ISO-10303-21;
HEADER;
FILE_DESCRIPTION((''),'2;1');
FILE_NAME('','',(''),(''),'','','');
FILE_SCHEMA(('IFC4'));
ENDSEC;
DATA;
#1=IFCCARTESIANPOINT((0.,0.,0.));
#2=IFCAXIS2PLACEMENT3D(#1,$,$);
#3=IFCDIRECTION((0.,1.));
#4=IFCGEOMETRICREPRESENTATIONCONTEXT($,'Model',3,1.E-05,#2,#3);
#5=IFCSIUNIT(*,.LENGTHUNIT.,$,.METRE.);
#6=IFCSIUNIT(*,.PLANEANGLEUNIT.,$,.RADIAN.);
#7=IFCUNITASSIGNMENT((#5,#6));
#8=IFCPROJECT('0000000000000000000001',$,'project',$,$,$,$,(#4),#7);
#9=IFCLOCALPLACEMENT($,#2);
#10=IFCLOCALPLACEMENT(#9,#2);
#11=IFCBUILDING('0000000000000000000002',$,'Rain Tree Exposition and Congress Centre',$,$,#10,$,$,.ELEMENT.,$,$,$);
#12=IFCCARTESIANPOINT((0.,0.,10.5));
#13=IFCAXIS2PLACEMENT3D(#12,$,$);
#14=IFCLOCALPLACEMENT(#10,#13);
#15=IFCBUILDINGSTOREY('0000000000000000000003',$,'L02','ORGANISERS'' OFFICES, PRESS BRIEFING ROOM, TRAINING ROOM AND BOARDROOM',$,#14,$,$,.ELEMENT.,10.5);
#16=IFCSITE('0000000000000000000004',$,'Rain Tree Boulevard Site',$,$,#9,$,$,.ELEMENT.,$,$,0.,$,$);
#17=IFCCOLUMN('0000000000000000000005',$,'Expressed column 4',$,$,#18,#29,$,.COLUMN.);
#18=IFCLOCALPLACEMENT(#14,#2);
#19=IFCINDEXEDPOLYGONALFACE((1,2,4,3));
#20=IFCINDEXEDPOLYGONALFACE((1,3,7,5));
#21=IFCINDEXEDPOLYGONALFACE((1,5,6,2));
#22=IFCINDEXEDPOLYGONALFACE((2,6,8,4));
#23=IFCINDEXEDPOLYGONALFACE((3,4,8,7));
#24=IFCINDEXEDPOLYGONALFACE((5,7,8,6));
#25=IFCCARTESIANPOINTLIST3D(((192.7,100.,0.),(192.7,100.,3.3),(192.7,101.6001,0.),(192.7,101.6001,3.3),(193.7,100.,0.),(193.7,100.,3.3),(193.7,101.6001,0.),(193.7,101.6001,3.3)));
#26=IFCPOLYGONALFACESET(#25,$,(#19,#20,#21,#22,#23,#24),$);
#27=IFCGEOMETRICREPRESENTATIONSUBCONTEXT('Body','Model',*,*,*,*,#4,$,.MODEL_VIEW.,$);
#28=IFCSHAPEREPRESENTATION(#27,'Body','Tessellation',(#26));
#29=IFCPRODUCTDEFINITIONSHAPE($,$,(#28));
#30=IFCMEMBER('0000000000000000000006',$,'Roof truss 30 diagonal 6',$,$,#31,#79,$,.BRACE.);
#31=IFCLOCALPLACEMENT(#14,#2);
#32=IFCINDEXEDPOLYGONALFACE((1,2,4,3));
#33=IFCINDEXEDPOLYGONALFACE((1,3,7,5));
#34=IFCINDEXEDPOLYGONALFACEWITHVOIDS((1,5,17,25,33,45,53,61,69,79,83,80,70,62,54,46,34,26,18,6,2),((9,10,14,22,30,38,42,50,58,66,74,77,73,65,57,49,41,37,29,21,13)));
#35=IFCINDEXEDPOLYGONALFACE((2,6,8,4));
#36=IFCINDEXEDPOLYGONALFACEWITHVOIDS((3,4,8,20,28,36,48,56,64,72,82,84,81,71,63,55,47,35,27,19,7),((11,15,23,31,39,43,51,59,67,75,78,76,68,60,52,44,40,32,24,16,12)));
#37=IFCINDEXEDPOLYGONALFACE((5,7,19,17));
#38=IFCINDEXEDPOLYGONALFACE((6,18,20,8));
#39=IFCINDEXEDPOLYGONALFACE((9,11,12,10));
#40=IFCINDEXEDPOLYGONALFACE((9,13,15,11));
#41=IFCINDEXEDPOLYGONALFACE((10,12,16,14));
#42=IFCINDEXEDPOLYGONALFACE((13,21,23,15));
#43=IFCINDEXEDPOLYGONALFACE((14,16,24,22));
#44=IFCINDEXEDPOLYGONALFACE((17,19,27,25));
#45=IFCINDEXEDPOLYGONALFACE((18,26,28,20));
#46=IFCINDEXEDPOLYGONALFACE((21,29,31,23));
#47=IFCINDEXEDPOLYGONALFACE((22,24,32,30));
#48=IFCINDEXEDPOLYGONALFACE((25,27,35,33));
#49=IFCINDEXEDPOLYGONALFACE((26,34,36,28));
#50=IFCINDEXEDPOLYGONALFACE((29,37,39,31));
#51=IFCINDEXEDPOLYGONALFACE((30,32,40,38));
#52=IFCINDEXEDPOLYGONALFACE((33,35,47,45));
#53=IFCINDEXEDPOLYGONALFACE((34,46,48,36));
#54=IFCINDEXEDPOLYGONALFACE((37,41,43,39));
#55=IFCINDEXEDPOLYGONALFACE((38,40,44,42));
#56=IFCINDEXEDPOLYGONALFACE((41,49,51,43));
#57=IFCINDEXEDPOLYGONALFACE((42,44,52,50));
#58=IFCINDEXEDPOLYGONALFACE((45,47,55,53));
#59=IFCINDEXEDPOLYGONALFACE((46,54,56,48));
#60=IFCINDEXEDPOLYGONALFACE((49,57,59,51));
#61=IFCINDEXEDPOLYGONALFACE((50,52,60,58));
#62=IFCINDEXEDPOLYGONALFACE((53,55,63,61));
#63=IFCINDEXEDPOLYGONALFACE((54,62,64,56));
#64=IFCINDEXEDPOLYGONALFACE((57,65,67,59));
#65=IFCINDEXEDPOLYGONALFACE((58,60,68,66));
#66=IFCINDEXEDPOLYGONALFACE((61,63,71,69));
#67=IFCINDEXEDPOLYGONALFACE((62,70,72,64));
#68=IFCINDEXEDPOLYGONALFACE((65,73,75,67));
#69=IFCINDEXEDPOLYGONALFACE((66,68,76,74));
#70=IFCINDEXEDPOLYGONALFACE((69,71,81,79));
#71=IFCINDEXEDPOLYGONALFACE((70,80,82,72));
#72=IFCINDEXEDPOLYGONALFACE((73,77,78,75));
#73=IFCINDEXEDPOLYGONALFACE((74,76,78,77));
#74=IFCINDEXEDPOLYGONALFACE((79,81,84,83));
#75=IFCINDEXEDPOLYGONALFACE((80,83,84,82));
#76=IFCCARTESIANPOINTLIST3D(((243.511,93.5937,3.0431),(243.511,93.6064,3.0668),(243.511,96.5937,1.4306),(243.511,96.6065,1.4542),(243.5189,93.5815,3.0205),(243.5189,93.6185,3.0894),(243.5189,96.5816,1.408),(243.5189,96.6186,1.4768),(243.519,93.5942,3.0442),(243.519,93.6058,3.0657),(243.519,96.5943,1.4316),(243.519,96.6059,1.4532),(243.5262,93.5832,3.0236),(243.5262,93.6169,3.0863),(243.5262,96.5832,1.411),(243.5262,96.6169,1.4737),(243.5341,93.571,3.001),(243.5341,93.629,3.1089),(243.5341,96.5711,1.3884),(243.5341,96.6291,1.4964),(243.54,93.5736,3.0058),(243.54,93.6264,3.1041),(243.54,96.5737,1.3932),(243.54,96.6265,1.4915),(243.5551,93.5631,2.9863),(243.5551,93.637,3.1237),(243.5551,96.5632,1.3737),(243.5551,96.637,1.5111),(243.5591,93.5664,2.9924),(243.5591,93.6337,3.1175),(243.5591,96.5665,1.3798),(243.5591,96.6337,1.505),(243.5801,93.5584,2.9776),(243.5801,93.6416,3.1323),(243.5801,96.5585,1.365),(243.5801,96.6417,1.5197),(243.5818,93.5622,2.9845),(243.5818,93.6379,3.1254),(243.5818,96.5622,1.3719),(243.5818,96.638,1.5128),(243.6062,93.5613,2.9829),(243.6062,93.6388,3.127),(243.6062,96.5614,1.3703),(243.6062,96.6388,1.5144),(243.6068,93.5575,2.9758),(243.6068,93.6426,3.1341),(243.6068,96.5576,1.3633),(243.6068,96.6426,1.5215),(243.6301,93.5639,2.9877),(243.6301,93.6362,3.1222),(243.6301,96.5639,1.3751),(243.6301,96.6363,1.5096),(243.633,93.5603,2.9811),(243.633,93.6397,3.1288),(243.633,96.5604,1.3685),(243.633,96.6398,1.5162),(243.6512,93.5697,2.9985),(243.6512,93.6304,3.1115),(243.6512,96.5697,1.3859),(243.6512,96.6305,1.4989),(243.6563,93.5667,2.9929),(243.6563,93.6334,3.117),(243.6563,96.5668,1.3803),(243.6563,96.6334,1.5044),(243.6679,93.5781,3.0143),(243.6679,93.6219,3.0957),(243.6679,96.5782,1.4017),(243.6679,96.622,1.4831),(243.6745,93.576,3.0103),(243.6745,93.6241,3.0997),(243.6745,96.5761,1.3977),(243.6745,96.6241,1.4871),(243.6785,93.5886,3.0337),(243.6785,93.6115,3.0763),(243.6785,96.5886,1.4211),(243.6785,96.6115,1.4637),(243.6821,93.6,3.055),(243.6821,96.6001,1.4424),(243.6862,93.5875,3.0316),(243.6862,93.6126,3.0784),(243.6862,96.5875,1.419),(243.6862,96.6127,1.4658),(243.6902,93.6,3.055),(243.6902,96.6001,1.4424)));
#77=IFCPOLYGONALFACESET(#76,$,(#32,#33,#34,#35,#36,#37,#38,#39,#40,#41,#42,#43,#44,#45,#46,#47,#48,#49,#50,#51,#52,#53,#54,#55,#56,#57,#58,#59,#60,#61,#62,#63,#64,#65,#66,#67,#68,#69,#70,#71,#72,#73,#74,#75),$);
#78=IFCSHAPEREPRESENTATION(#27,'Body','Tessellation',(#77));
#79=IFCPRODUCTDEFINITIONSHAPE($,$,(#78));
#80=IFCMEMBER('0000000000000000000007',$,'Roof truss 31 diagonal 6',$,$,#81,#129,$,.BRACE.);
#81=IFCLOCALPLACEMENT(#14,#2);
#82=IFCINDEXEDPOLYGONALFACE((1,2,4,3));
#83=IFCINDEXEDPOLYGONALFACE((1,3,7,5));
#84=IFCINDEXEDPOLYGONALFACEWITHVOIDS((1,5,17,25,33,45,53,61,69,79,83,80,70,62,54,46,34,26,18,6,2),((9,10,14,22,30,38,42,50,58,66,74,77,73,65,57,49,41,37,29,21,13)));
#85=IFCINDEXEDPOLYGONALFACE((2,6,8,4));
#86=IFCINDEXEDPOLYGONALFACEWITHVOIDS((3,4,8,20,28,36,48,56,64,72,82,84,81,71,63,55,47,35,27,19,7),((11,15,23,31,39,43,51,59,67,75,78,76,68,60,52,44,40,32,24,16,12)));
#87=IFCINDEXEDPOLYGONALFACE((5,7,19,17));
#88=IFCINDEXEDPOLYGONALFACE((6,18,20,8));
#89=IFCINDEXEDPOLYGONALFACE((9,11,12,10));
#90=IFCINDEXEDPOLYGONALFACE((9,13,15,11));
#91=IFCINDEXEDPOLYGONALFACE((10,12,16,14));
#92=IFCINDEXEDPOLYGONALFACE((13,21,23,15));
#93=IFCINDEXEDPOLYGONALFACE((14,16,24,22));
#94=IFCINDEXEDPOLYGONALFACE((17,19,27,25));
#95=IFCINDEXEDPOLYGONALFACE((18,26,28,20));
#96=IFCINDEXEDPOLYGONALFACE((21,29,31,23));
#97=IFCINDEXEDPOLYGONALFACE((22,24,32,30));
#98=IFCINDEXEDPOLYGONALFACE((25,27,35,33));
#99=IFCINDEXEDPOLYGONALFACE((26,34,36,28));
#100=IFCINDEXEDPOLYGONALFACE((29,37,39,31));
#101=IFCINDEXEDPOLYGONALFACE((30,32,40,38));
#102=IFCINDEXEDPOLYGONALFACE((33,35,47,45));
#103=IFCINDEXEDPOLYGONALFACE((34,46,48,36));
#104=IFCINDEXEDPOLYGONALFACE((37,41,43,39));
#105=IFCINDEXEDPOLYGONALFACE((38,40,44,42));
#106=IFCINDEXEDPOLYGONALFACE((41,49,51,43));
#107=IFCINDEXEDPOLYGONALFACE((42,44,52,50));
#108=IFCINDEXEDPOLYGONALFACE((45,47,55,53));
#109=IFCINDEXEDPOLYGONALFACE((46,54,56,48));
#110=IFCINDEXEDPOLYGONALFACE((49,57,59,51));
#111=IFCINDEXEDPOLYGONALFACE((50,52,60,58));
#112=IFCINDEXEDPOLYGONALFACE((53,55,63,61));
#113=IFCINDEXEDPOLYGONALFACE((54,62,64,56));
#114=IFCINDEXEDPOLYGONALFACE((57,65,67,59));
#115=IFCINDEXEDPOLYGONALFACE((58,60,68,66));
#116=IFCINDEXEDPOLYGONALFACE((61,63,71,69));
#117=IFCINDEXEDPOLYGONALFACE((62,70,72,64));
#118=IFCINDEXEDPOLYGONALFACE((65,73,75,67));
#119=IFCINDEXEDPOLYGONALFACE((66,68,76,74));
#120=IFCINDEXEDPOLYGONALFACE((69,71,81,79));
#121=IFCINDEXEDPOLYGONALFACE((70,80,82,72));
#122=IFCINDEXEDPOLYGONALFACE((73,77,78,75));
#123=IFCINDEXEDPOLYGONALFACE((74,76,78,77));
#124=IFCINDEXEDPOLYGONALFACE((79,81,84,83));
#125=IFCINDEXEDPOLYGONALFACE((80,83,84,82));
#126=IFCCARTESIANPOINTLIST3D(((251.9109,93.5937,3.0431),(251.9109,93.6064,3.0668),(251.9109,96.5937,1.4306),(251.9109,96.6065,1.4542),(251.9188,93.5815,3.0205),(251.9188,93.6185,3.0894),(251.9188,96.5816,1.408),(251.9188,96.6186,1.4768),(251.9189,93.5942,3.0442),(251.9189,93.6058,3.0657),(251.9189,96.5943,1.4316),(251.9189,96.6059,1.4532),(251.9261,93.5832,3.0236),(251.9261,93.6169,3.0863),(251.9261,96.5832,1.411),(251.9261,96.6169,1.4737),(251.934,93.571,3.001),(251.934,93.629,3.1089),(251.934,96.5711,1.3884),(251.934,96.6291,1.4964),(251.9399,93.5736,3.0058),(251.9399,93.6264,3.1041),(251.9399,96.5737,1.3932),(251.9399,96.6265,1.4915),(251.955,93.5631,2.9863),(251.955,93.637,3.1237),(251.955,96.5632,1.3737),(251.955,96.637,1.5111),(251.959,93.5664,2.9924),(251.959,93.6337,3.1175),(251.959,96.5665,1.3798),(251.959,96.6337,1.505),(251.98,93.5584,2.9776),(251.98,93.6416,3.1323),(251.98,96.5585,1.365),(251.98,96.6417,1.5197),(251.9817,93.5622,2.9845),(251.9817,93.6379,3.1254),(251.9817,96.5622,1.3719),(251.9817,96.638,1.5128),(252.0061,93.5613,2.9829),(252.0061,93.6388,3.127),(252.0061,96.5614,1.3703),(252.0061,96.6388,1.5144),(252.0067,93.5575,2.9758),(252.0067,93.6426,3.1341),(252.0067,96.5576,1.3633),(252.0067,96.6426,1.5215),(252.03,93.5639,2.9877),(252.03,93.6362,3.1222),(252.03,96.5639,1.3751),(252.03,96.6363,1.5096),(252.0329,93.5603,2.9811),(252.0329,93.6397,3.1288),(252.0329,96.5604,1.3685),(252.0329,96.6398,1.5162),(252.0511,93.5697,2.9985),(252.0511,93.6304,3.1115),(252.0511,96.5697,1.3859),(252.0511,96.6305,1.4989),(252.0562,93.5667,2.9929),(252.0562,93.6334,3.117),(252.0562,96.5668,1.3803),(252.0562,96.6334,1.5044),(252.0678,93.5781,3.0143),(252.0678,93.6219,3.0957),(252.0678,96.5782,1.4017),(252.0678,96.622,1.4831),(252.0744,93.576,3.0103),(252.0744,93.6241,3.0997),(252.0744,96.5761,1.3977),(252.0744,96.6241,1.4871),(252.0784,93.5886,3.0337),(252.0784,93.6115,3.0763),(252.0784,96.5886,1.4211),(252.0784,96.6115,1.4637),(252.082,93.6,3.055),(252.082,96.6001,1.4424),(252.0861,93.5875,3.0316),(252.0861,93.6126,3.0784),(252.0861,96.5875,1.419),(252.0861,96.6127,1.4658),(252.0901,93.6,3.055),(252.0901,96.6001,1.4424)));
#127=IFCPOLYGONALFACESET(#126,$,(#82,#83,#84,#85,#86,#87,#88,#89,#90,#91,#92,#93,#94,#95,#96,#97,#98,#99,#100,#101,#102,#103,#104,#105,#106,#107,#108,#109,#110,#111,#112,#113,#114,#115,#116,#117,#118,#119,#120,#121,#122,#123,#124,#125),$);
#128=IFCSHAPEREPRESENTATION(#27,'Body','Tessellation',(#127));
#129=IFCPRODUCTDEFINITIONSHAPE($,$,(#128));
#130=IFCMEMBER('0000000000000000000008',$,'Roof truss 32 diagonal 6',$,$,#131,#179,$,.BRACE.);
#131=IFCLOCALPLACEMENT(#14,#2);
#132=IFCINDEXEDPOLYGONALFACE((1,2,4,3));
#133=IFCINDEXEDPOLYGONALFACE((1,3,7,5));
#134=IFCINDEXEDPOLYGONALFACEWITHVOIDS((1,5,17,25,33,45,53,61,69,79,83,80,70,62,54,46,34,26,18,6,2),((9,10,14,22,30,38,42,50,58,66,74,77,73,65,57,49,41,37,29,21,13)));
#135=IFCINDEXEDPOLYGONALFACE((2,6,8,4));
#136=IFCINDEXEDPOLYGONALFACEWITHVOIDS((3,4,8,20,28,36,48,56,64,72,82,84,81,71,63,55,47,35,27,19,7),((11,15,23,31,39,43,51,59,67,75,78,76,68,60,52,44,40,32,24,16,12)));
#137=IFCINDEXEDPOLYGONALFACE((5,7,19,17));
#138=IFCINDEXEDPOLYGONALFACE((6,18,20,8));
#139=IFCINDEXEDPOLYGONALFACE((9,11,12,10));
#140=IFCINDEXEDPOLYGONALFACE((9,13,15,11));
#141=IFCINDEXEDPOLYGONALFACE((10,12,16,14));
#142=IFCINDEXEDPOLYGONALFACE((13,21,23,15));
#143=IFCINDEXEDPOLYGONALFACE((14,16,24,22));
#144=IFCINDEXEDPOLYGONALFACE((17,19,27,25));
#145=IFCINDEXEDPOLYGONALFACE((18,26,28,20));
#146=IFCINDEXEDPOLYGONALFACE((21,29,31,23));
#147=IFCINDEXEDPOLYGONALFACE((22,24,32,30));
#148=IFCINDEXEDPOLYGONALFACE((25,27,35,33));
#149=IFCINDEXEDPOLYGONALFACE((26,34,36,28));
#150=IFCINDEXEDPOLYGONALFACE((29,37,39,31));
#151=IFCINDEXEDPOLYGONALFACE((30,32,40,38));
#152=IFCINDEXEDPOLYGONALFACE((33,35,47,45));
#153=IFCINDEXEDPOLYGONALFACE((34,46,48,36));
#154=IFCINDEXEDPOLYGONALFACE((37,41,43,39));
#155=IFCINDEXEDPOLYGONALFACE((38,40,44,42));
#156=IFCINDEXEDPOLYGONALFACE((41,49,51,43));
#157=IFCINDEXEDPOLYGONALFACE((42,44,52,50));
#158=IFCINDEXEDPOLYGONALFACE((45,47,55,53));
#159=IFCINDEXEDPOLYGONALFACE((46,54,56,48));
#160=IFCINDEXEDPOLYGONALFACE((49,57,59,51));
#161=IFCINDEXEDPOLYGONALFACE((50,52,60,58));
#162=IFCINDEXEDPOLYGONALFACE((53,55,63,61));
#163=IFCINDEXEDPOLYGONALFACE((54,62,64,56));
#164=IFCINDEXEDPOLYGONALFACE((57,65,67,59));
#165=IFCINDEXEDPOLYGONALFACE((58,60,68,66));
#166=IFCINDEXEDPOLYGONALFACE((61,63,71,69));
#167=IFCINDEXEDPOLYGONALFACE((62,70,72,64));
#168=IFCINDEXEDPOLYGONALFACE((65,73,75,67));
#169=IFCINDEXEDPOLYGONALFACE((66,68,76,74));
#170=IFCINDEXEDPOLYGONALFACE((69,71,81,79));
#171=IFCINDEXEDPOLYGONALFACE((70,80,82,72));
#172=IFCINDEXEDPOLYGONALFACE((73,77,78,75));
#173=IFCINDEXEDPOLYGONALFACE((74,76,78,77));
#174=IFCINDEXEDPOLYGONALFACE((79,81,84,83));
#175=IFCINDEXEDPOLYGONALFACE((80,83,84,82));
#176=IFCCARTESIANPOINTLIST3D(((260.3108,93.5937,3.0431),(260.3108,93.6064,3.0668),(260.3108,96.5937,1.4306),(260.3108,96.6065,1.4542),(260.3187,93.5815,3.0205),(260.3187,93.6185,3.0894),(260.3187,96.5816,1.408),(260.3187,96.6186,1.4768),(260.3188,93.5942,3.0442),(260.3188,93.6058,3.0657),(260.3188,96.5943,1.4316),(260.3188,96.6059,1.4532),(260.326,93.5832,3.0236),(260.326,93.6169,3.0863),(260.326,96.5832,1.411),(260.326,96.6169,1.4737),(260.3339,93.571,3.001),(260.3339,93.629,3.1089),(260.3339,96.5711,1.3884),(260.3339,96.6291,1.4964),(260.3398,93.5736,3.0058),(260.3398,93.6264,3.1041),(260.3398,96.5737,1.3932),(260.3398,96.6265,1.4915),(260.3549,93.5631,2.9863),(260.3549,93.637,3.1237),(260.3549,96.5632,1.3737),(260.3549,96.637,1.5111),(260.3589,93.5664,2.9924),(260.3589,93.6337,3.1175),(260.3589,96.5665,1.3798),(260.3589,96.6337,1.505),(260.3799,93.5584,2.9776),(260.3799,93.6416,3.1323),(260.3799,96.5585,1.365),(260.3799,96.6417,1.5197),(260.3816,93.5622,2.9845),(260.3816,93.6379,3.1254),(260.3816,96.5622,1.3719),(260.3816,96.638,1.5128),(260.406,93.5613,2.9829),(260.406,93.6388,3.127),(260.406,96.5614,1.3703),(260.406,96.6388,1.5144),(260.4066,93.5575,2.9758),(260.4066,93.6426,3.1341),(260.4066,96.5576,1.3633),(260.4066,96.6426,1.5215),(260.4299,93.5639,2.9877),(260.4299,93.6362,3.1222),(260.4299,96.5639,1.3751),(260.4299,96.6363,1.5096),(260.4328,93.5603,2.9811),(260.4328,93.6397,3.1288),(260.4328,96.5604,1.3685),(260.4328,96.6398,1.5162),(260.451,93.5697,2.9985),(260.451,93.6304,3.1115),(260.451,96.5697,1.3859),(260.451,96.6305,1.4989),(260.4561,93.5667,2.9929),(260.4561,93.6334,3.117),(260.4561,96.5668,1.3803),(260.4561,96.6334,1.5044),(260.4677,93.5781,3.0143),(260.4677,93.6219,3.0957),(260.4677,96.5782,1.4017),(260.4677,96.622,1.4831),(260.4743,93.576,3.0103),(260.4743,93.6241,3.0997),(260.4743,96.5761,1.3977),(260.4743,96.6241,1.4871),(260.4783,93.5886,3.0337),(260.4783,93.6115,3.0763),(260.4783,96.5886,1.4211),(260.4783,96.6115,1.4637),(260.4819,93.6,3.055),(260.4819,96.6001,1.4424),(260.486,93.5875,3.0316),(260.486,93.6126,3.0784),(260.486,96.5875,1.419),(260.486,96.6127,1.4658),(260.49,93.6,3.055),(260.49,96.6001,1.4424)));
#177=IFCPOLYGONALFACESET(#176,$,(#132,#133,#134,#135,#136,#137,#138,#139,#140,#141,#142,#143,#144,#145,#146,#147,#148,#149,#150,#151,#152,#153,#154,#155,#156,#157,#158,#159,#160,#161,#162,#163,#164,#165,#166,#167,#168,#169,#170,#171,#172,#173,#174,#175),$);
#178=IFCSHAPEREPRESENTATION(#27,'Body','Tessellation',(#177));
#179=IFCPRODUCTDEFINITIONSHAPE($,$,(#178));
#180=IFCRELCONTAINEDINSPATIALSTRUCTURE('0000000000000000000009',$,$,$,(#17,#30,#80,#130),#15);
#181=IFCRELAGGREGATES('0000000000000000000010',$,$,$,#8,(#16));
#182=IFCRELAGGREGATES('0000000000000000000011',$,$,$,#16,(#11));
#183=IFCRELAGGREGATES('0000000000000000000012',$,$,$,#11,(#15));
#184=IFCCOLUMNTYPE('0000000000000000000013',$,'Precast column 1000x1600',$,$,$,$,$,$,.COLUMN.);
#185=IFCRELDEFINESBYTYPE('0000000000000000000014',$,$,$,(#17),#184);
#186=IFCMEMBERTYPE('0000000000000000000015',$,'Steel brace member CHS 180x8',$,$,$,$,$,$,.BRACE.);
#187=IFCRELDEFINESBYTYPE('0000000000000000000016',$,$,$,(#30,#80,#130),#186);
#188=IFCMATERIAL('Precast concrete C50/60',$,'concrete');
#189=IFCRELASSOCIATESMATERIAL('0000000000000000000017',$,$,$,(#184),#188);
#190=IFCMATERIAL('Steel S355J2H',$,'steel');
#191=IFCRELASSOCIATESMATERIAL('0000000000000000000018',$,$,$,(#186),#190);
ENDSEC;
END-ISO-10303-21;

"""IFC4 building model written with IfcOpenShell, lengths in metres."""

from ifc_helpers import new_model, si_unit, direction, frame, origin, origin_2d, place, context, subcontext, project, spatial, rectangle, hollow_circle, extrude, material, material_profile, profile_set, type_object, element, save


model = new_model("IFC4")

# Units and contexts
model_context = context("Model", 3, precision=1e-05, world=origin(), true_north=direction((0.0, 1.0)))
body_context = subcontext(model_context, "Body", "Model", "MODEL_VIEW")
ifc_project = project(units=[si_unit("LENGTHUNIT", "METRE"), si_unit("PLANEANGLEUNIT", "RADIAN")], contexts=[model_context])

# Site, building, storey
site_placement = place(None, origin())
site = spatial("IfcSite", under=ifc_project, at=site_placement, Name="Rain Tree Boulevard Site", CompositionType="ELEMENT", RefElevation=0.0)
building_placement = place(site_placement, origin())
building = spatial("IfcBuilding", under=site, at=building_placement, Name="Rain Tree Exposition and Congress Centre", CompositionType="ELEMENT")
storey_placement = place(building_placement, frame((0.0, 0.0, 10.5)))
storey = spatial("IfcBuildingStorey", under=building, at=storey_placement, Name="L02", Description="ORGANISERS' OFFICES, PRESS BRIEFING ROOM, TRAINING ROOM AND BOARDROOM", CompositionType="ELEMENT", Elevation=10.5)

# Column
ifc_material_1 = material(Name="Precast concrete C50/60", Category="concrete")
ifc_material_profile_1 = material_profile(ifc_material_1, rectangle(XDim=1.0, YDim=1.6001, at=origin_2d()), Name="RC 1000x1600")
ifc_profile_set_1 = profile_set([ifc_material_profile_1], Name="Precast concrete C50/60")
column_type = type_object("IfcColumnType", Name="Precast column 1000x1600", PredefinedType="COLUMN", material=ifc_profile_set_1)
column_placement = place(storey_placement, frame((193.2, 100.8, 0.0), z_axis=(0.0, 0.0, 1.0), x_axis=(1.0, 0.0, 0.0)))
element("IfcColumn", 1, at=column_placement, inside=storey, type_object=column_type, Name="Expressed column 4", PredefinedType="COLUMN", context=body_context, shape_type="SweptSolid", body=[
    extrude(rectangle(XDim=1.0, YDim=1.6001, at=origin_2d()), origin(), (0.0, 0.0, 1.0), 3.3),
])

# Members
ifc_material_2 = material(Name="Steel S355J2H", Category="steel")
ifc_material_profile_2 = material_profile(ifc_material_2, hollow_circle(Radius=0.0901, WallThickness=0.0081, at=origin_2d()), Name="CHS 180x8")
ifc_profile_set_2 = profile_set([ifc_material_profile_2], Name="Steel S355J2H")
member_type_1 = type_object("IfcMemberType", Name="Steel brace member CHS 180x8", PredefinedType="BRACE", material=ifc_profile_set_2)
for number, where, z_axis, x_axis, name in (
    (2, (243.6001, 96.6001, 1.4424), (0.0, -0.880818, 0.473454), (1.0, 0.0, 0.0), "Roof truss 30 diagonal 6"),
    (3, (252.0, 96.6001, 1.4424), (0.0, -0.880818, 0.473454), (1.0, 0.0, 0.0), "Roof truss 31 diagonal 6"),
    (4, (260.3999, 96.6001, 1.4424), (0.0, -0.880818, 0.473454), (1.0, 0.0, 0.0), "Roof truss 32 diagonal 6"),
):
    element("IfcMember", number, at=place(storey_placement, frame(where, z_axis=z_axis, x_axis=x_axis)), inside=storey, type_object=member_type_1, Name=name, PredefinedType="BRACE", context=body_context, shape_type="SweptSolid", body=[
        extrude(hollow_circle(Radius=0.0901, WallThickness=0.0081, at=origin_2d()), origin(), (0.0, 0.0, 1.0), 3.406),
    ])

save(model, "model.ifc")
